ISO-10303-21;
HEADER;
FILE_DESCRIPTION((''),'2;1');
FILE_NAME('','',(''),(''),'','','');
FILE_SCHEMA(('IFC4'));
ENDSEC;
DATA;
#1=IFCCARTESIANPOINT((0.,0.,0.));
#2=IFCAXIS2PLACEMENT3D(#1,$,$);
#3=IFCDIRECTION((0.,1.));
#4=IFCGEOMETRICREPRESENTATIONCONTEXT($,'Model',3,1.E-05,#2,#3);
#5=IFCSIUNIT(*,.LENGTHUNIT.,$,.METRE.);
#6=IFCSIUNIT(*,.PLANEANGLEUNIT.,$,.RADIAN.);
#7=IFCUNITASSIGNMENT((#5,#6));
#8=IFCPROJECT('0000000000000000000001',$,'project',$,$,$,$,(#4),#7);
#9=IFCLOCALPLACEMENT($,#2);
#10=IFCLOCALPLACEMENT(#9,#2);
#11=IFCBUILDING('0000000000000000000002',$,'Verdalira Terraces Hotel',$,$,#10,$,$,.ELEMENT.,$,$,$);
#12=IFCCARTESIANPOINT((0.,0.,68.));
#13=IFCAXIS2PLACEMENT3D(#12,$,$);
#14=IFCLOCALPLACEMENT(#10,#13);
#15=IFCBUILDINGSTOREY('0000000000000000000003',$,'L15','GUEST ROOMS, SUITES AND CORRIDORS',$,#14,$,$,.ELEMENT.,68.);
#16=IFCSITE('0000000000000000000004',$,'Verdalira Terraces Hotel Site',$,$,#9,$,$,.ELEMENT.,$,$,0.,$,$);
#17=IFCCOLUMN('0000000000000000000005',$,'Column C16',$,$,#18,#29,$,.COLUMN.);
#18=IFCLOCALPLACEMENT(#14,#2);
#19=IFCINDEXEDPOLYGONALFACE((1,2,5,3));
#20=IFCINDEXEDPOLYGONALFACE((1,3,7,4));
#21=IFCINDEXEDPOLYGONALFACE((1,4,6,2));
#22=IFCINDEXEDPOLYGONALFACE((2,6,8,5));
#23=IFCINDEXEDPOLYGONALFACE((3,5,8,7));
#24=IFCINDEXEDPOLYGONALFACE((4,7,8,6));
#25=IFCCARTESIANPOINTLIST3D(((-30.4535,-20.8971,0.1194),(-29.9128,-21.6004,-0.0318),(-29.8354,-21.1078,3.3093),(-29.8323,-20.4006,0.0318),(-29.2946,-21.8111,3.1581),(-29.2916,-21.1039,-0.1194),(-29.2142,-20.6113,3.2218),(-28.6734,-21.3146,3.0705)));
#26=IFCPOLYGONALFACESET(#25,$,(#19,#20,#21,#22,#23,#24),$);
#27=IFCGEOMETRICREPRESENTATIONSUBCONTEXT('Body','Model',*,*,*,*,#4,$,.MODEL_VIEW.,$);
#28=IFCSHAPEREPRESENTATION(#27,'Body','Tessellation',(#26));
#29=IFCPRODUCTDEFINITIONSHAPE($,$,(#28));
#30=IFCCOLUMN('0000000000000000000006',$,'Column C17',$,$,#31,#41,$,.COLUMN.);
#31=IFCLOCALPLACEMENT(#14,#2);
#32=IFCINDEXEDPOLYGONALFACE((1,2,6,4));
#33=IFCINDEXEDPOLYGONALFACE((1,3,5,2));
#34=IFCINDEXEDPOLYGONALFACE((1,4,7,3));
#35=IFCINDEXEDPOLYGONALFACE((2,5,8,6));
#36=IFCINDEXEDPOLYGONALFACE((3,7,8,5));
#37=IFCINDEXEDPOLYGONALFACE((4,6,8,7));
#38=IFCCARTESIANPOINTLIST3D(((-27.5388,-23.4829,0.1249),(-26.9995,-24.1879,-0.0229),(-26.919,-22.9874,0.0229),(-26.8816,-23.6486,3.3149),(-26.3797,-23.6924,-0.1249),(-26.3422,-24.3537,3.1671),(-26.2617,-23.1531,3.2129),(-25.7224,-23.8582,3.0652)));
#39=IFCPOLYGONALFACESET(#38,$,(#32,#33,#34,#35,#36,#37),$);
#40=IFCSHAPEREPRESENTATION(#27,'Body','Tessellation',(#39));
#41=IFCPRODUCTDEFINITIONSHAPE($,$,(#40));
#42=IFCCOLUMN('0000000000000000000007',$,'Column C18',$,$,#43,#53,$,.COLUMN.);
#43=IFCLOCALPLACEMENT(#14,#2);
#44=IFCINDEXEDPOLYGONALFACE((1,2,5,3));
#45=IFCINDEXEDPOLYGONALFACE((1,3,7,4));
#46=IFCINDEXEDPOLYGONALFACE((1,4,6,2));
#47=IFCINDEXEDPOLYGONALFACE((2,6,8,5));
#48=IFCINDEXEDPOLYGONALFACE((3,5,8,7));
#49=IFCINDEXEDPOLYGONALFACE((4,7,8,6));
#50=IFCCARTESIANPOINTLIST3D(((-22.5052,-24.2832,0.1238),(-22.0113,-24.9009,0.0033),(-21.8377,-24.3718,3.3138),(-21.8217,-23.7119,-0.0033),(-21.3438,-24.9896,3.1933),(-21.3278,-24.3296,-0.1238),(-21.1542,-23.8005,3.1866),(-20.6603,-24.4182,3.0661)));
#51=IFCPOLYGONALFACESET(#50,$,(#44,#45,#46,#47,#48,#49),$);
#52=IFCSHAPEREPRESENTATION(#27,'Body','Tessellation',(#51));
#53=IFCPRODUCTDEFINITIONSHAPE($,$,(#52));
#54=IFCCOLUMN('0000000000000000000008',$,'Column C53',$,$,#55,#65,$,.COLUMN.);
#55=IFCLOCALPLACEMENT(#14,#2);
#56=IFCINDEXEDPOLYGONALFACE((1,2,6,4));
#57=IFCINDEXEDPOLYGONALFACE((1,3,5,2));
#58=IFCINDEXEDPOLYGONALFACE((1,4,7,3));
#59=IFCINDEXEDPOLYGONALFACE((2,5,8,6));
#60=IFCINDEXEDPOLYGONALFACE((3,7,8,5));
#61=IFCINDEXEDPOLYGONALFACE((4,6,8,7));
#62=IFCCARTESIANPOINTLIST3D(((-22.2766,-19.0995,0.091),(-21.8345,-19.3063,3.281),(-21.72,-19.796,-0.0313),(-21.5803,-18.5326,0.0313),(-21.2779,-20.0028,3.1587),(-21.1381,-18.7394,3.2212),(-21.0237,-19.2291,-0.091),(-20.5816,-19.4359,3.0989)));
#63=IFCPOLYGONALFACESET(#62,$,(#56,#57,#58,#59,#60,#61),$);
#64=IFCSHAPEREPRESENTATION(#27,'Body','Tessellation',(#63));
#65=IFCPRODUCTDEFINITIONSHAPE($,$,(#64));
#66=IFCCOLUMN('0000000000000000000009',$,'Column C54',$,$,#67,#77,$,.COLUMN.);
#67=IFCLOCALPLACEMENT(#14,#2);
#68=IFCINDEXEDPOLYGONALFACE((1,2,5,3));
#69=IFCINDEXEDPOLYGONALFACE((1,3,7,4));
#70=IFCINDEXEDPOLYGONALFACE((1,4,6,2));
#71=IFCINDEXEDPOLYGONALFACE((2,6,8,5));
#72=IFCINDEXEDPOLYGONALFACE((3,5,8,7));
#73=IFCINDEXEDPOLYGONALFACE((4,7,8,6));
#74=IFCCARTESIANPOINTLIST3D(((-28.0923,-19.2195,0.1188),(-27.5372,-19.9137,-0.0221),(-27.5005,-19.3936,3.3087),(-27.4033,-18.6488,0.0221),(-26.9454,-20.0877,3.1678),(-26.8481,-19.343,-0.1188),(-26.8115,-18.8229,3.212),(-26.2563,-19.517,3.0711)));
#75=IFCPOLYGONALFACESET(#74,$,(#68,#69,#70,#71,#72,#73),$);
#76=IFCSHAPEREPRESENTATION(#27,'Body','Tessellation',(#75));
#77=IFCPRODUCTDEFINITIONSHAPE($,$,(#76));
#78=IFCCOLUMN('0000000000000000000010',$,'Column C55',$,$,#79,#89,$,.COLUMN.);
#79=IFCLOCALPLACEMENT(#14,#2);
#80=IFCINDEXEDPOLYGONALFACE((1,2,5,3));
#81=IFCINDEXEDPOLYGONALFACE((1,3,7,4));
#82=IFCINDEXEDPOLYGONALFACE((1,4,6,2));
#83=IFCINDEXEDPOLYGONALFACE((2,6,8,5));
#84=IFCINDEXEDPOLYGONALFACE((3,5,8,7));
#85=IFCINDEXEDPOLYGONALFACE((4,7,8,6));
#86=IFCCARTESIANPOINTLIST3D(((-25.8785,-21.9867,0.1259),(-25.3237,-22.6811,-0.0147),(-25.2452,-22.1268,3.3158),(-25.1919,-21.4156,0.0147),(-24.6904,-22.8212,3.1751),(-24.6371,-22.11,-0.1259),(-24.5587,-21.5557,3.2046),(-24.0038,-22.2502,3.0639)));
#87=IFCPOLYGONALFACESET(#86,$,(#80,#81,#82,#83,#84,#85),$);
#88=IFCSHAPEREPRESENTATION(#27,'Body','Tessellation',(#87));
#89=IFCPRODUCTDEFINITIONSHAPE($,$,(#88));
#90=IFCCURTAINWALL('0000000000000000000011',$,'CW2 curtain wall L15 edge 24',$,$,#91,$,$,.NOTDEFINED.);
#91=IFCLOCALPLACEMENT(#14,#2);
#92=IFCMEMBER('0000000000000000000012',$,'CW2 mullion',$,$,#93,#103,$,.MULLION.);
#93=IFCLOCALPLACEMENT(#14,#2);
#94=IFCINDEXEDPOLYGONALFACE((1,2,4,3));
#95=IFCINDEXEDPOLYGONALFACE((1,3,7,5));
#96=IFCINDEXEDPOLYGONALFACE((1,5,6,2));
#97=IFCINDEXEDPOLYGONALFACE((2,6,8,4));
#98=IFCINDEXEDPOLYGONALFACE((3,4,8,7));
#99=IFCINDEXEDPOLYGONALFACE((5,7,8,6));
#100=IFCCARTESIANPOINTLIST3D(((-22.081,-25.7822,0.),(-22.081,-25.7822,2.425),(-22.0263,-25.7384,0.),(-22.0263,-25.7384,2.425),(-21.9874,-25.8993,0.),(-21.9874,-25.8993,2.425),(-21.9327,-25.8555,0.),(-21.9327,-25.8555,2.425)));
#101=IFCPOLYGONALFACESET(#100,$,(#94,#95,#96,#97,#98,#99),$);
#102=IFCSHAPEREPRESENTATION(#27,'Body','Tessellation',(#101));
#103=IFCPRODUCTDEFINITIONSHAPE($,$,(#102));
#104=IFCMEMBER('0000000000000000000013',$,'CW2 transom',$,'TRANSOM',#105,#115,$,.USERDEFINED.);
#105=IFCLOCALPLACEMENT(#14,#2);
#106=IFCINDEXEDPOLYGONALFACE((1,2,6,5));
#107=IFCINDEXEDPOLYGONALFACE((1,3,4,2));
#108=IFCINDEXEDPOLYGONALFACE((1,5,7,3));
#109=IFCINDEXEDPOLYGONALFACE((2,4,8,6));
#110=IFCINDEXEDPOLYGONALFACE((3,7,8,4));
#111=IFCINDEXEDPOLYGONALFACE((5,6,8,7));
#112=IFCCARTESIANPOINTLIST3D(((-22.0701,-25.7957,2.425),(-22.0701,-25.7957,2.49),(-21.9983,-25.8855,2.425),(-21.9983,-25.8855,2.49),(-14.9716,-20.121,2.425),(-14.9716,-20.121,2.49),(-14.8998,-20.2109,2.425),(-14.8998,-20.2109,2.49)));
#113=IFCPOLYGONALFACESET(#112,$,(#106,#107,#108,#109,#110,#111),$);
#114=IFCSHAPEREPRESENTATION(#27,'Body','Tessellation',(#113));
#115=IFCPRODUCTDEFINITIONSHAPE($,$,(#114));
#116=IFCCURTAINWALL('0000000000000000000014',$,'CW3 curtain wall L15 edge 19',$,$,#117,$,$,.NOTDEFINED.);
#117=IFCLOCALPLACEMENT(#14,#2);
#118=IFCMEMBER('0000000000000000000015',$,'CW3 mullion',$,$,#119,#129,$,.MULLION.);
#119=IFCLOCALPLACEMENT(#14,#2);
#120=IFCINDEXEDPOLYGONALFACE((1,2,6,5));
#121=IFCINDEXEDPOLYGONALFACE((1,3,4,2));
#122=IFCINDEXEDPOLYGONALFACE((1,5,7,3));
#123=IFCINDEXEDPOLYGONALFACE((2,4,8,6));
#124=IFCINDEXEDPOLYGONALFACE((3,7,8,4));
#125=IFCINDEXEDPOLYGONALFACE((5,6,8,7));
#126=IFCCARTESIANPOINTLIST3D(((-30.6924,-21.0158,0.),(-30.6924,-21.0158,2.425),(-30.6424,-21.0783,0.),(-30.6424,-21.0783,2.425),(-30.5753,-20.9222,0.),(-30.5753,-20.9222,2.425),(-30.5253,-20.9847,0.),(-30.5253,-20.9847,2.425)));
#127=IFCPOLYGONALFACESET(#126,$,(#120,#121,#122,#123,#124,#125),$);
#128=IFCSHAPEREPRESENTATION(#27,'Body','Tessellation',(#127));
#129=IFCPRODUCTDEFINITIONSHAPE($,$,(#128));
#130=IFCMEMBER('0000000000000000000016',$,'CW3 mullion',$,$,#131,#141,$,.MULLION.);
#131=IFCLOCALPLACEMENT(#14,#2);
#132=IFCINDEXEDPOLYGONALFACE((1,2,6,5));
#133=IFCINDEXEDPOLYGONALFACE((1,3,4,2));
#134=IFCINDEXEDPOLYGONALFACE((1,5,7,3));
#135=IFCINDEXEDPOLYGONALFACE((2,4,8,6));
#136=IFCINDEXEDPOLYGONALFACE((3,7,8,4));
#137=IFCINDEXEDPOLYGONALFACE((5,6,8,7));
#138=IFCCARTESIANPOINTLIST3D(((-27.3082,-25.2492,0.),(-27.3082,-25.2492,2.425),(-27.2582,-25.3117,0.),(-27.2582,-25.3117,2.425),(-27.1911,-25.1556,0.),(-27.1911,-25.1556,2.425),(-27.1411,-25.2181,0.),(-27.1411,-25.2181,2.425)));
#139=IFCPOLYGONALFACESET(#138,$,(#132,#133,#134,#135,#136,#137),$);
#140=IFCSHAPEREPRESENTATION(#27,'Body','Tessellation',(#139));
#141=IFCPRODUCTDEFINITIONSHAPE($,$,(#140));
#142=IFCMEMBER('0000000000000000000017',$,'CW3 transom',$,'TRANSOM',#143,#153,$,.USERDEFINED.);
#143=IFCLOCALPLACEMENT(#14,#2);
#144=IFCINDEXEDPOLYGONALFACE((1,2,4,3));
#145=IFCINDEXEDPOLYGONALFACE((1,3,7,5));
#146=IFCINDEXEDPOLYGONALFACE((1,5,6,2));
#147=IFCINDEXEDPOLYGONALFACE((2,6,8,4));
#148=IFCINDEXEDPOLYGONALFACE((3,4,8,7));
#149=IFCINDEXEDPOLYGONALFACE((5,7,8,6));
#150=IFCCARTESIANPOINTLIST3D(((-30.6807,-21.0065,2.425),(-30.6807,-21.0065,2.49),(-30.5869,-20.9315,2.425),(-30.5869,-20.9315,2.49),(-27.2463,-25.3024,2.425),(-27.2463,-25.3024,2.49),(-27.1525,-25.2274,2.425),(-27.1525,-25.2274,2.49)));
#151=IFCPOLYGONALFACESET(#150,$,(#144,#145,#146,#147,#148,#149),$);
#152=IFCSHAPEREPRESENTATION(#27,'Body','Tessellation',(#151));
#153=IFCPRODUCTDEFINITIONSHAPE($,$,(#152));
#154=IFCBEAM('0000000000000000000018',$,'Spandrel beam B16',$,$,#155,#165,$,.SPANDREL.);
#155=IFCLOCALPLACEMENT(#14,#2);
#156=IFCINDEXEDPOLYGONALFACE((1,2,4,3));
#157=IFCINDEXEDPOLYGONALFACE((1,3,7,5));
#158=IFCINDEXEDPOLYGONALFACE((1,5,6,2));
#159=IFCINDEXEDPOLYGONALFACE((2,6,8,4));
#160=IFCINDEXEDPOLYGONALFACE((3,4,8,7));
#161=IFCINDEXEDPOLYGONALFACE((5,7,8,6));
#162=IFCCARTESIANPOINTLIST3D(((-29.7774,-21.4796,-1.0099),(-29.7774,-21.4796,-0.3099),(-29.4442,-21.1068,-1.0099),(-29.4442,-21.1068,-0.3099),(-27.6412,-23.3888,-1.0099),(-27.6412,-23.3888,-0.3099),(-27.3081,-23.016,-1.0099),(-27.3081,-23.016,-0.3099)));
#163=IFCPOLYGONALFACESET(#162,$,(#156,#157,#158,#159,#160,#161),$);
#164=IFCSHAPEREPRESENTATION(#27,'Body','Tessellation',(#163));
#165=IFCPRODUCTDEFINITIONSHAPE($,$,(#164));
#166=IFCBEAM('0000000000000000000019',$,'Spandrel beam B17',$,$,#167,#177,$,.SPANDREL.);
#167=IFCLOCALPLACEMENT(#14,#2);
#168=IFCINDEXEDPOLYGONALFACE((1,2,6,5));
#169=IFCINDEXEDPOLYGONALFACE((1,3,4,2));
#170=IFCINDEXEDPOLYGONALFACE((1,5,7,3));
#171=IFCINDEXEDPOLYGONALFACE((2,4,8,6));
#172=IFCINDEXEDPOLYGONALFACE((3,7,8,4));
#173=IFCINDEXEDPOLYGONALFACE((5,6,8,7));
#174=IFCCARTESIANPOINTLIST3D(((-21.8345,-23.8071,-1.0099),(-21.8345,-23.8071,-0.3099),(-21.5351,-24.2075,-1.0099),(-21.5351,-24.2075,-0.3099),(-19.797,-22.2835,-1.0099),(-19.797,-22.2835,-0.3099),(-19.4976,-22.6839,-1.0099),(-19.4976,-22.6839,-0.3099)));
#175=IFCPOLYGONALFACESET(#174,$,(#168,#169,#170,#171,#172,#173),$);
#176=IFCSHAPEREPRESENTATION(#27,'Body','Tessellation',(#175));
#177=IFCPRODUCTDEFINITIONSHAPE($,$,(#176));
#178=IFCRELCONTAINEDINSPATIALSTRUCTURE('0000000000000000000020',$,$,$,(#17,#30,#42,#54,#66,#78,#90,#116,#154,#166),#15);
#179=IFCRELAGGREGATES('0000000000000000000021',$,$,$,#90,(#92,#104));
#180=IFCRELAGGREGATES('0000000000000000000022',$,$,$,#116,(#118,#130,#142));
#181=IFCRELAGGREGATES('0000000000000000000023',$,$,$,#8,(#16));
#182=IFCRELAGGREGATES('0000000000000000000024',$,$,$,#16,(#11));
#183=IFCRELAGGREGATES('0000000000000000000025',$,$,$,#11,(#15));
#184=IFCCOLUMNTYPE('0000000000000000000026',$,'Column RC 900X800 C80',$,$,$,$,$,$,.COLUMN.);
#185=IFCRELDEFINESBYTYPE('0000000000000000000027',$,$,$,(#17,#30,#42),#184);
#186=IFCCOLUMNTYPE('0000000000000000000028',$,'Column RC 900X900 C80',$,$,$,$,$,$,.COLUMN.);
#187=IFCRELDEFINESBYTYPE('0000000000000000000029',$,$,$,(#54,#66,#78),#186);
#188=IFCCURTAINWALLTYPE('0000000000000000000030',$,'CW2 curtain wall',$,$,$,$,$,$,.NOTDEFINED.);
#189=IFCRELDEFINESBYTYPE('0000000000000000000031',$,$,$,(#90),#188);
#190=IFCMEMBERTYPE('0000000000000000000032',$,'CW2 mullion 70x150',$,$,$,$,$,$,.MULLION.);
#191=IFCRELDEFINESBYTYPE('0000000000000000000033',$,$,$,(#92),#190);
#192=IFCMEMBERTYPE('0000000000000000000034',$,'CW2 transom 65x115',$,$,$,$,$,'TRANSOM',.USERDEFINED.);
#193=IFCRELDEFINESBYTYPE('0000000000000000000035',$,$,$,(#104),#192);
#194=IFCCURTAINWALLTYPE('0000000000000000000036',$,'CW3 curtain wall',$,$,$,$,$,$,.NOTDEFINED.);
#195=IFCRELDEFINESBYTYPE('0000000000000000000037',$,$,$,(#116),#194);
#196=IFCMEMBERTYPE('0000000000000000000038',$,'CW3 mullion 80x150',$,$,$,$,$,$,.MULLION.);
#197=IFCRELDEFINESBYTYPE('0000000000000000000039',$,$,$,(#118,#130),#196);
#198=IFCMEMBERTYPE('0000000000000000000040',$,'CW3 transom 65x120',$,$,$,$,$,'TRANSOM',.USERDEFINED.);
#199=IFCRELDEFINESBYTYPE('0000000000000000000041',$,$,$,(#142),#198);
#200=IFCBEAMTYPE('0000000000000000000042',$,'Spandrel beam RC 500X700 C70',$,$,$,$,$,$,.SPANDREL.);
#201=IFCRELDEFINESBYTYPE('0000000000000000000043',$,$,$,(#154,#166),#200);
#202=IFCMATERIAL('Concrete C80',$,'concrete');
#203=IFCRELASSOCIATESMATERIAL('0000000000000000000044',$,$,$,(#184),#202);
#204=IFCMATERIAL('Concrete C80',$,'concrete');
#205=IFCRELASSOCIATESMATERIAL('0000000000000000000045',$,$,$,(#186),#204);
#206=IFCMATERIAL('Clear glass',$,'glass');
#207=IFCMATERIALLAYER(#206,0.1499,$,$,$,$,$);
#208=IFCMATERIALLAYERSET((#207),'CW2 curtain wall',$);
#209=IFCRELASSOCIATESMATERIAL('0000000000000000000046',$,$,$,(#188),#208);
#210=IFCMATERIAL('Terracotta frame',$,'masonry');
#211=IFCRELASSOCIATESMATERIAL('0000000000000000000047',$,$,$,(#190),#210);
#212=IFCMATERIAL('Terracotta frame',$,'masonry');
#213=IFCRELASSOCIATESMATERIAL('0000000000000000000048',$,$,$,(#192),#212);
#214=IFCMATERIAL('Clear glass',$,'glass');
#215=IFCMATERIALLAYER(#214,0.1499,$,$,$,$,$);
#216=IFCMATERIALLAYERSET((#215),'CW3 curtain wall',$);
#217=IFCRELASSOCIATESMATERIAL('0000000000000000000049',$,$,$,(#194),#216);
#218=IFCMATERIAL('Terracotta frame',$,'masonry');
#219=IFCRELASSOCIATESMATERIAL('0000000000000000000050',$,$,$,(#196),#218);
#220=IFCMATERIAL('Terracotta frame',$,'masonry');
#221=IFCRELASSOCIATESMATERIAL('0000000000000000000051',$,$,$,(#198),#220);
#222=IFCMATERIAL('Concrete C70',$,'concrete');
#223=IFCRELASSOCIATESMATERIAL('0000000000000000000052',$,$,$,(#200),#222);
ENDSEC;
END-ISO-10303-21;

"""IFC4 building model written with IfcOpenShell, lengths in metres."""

from ifc_helpers import new_model, si_unit, direction, frame, origin, origin_2d, place, context, subcontext, project, spatial, rectangle, extrude, material, layer, layer_set, material_profile, profile_set, type_object, element, aggregate, save


model = new_model("IFC4")

# Units and contexts
model_context = context("Model", 3, precision=1e-05, world=origin(), true_north=direction((0.0, 1.0)))
body_context = subcontext(model_context, "Body", "Model", "MODEL_VIEW")
ifc_project = project(units=[si_unit("LENGTHUNIT", "METRE"), si_unit("PLANEANGLEUNIT", "RADIAN")], contexts=[model_context])

# Site, building, storey
site_placement = place(None, origin())
site = spatial("IfcSite", under=ifc_project, at=site_placement, Name="Verdalira Terraces Hotel Site", CompositionType="ELEMENT", RefElevation=0.0)
building_placement = place(site_placement, origin())
building = spatial("IfcBuilding", under=site, at=building_placement, Name="Verdalira Terraces Hotel", CompositionType="ELEMENT")
storey_placement = place(building_placement, frame((0.0, 0.0, 68.0)))
storey = spatial("IfcBuildingStorey", under=building, at=storey_placement, Name="L15", Description="GUEST ROOMS, SUITES AND CORRIDORS", CompositionType="ELEMENT", Elevation=68.0)

# Columns
ifc_material_1 = material(Name="Concrete C80", Category="concrete")
ifc_material_profile_1 = material_profile(ifc_material_1, rectangle(XDim=0.8999, YDim=0.8, at=origin_2d()), Name="RC 900X800")
ifc_profile_set_1 = profile_set([ifc_material_profile_1], Name="Concrete C80")
column_type_1 = type_object("IfcColumnType", Name="Column RC 900X800 C80", PredefinedType="COLUMN", material=ifc_profile_set_1)
column_1_placement = place(storey_placement, frame((-29.8726, -21.0005, 0.0), z_axis=(0.189847, -0.064707, 0.979679), x_axis=(0.600886, -0.781468, -0.168058)))
element("IfcColumn", 1, at=column_1_placement, inside=storey, type_object=column_type_1, Name="Column C16", PredefinedType="COLUMN", context=body_context, shape_type="SweptSolid", body=[
    extrude(rectangle(XDim=0.8999, YDim=0.8, at=origin_2d()), origin(), (0.0, 0.0, 1.0), 3.2561),
])
column_2_placement = place(storey_placement, frame((-26.9592, -23.5876, 0.0), z_axis=(0.201532, -0.050832, 0.978162), x_axis=(0.599329, -0.783483, -0.164195)))
element("IfcColumn", 2, at=column_2_placement, inside=storey, type_object=column_type_1, Name="Column C17", PredefinedType="COLUMN", context=body_context, shape_type="SweptSolid", body=[
    extrude(rectangle(XDim=0.8999, YDim=0.8, at=origin_2d()), origin(), (0.0, 0.0, 1.0), 3.2612),
])
column_3_placement = place(storey_placement, frame((-21.9165, -24.3064, 0.0), z_axis=(0.204734, -0.027183, 0.97844), x_axis=(0.759579, 0.634881, -0.1413)))
element("IfcColumn", 3, at=column_3_placement, inside=storey, type_object=column_type_1, Name="Column C18", PredefinedType="COLUMN", context=body_context, shape_type="SweptSolid", body=[
    extrude(rectangle(XDim=0.8999, YDim=0.8, at=origin_2d()), origin(), (0.0, 0.0, 1.0), 3.2603),
])
ifc_material_2 = material(Name="Concrete C80", Category="concrete")
ifc_material_profile_2 = material_profile(ifc_material_2, rectangle(XDim=0.8999, YDim=0.8999, at=origin_2d()), Name="RC 900X900")
ifc_profile_set_2 = profile_set([ifc_material_profile_2], Name="Concrete C80")
column_type_2 = type_object("IfcColumnType", Name="Column RC 900X900 C80", PredefinedType="COLUMN", material=ifc_profile_set_2)
column_4_placement = place(storey_placement, frame((-21.6501, -19.1643, 0.0), z_axis=(0.137009, -0.064079, 0.988495), x_axis=(-0.77377, -0.629976, 0.06641)))
element("IfcColumn", 4, at=column_4_placement, inside=storey, type_object=column_type_2, Name="Column C53", PredefinedType="COLUMN", context=body_context, shape_type="SweptSolid", body=[
    extrude(rectangle(XDim=0.8999, YDim=0.8999, at=origin_2d()), origin(), (0.0, 0.0, 1.0), 3.2271),
])
column_5_placement = place(storey_placement, frame((-27.4702, -19.2812, 0.0), z_axis=(0.182145, -0.053577, 0.981811), x_axis=(-0.765695, -0.634167, 0.107446)))
element("IfcColumn", 5, at=column_5_placement, inside=storey, type_object=column_type_2, Name="Column C54", PredefinedType="COLUMN", context=body_context, shape_type="SweptSolid", body=[
    extrude(rectangle(XDim=0.8999, YDim=0.8999, at=origin_2d()), origin(), (0.0, 0.0, 1.0), 3.249),
])
column_6_placement = place(storey_placement, frame((-25.2578, -22.0483, 0.0), z_axis=(0.19455, -0.04305, 0.979948), x_axis=(-0.762916, -0.634575, 0.123585)))
element("IfcColumn", 6, at=column_6_placement, inside=storey, type_object=column_type_2, Name="Column C55", PredefinedType="COLUMN", context=body_context, shape_type="SweptSolid", body=[
    extrude(rectangle(XDim=0.8999, YDim=0.8999, at=origin_2d()), origin(), (0.0, 0.0, 1.0), 3.2551),
])

# Curtain walls, members
ifc_material_3 = material(Name="Clear glass", Category="glass")
ifc_layer_1 = layer(ifc_material_3, 0.1499)
ifc_layer_set_1 = layer_set([ifc_layer_1], Name="CW2 curtain wall")
curtain_wall_type_1 = type_object("IfcCurtainWallType", Name="CW2 curtain wall", PredefinedType="NOTDEFINED", material=ifc_layer_set_1)
curtain_wall_1_placement = place(storey_placement, origin())
curtain_wall_1 = element("IfcCurtainWall", 7, at=curtain_wall_1_placement, inside=storey, type_object=curtain_wall_type_1, Name="CW2 curtain wall L15 edge 24", PredefinedType="NOTDEFINED")
ifc_material_4 = material(Name="Terracotta frame", Category="masonry")
ifc_material_profile_3 = material_profile(ifc_material_4, rectangle(XDim=0.0701, YDim=0.1499, at=origin_2d()), Name="MU 70x150")
ifc_profile_set_3 = profile_set([ifc_material_profile_3], Name="Terracotta frame")
member_type_1 = type_object("IfcMemberType", Name="CW2 mullion 70x150", PredefinedType="MULLION", material=ifc_profile_set_3)
member_1_placement = place(storey_placement, frame((-22.0068, -25.8188, 0.0), z_axis=(0.0, 0.0, 1.0), x_axis=(0.781085, 0.624425, 0.0)))
member_1 = element("IfcMember", 8, at=member_1_placement, type_object=member_type_1, Name="CW2 mullion", PredefinedType="MULLION", context=body_context, shape_type="SweptSolid", body=[
    extrude(rectangle(XDim=0.0701, YDim=0.1499, at=origin_2d()), origin(), (0.0, 0.0, 1.0), 2.425),
])
ifc_material_5 = material(Name="Terracotta frame", Category="masonry")
ifc_material_profile_4 = material_profile(ifc_material_5, rectangle(XDim=0.115, YDim=0.0649, at=origin_2d()), Name="TR 65x115")
ifc_profile_set_4 = profile_set([ifc_material_profile_4], Name="Terracotta frame")
member_type_2 = type_object("IfcMemberType", Name="CW2 transom 65x115", ElementType="TRANSOM", PredefinedType="USERDEFINED", material=ifc_profile_set_4)
member_2_placement = place(storey_placement, frame((-22.0342, -25.8406, 2.4575), z_axis=(0.781092, 0.624417, 0.0), x_axis=(-0.624417, 0.781092, 0.0)))
member_2 = element("IfcMember", 9, at=member_2_placement, type_object=member_type_2, Name="CW2 transom", ObjectType="TRANSOM", PredefinedType="USERDEFINED", context=body_context, shape_type="SweptSolid", body=[
    extrude(rectangle(XDim=0.115, YDim=0.0649, at=origin_2d()), origin(), (0.0, 0.0, 1.0), 9.0879),
])
ifc_material_6 = material(Name="Clear glass", Category="glass")
ifc_layer_2 = layer(ifc_material_6, 0.1499)
ifc_layer_set_2 = layer_set([ifc_layer_2], Name="CW3 curtain wall")
curtain_wall_type_2 = type_object("IfcCurtainWallType", Name="CW3 curtain wall", PredefinedType="NOTDEFINED", material=ifc_layer_set_2)
curtain_wall_2_placement = place(storey_placement, origin())
curtain_wall_2 = element("IfcCurtainWall", 10, at=curtain_wall_2_placement, inside=storey, type_object=curtain_wall_type_2, Name="CW3 curtain wall L15 edge 19", PredefinedType="NOTDEFINED")
ifc_material_7 = material(Name="Terracotta frame", Category="masonry")
ifc_material_profile_5 = material_profile(ifc_material_7, rectangle(XDim=0.0801, YDim=0.1499, at=origin_2d()), Name="MU 80x150")
ifc_profile_set_5 = profile_set([ifc_material_profile_5], Name="Terracotta frame")
member_type_3 = type_object("IfcMemberType", Name="CW3 mullion 80x150", PredefinedType="MULLION", material=ifc_profile_set_5)
member_3_placement = place(storey_placement, frame((-30.6089, -21.0002, 0.0), z_axis=(0.0, 0.0, 1.0), x_axis=(0.624425, -0.781085, 0.0)))
member_3 = element("IfcMember", 11, at=member_3_placement, type_object=member_type_3, Name="CW3 mullion", PredefinedType="MULLION", context=body_context, shape_type="SweptSolid", body=[
    extrude(rectangle(XDim=0.0801, YDim=0.1499, at=origin_2d()), origin(), (0.0, 0.0, 1.0), 2.425),
])
member_4_placement = place(storey_placement, frame((-27.2246, -25.2336, 0.0), z_axis=(0.0, 0.0, 1.0), x_axis=(0.624425, -0.781085, 0.0)))
member_4 = element("IfcMember", 12, at=member_4_placement, type_object=member_type_3, Name="CW3 mullion", PredefinedType="MULLION", context=body_context, shape_type="SweptSolid", body=[
    extrude(rectangle(XDim=0.0801, YDim=0.1499, at=origin_2d()), origin(), (0.0, 0.0, 1.0), 2.425),
])
ifc_material_8 = material(Name="Terracotta frame", Category="masonry")
ifc_material_profile_6 = material_profile(ifc_material_8, rectangle(XDim=0.1201, YDim=0.0649, at=origin_2d()), Name="TR 65x120")
ifc_profile_set_6 = profile_set([ifc_material_profile_6], Name="Terracotta frame")
member_type_4 = type_object("IfcMemberType", Name="CW3 transom 65x120", ElementType="TRANSOM", PredefinedType="USERDEFINED", material=ifc_profile_set_6)
member_5_placement = place(storey_placement, frame((-30.6338, -20.969, 2.4575), z_axis=(0.62443, -0.781081, 0.0), x_axis=(0.781081, 0.62443, 0.0)))
member_5 = element("IfcMember", 13, at=member_5_placement, type_object=member_type_4, Name="CW3 transom", ObjectType="TRANSOM", PredefinedType="USERDEFINED", context=body_context, shape_type="SweptSolid", body=[
    extrude(rectangle(XDim=0.1201, YDim=0.0649, at=origin_2d()), origin(), (0.0, 0.0, 1.0), 5.5),
])

# Beams
ifc_material_9 = material(Name="Concrete C70", Category="concrete")
ifc_material_profile_7 = material_profile(ifc_material_9, rectangle(XDim=0.5, YDim=0.7, at=origin_2d()), Name="RC 500X700")
ifc_profile_set_7 = profile_set([ifc_material_profile_7], Name="Concrete C70")
beam_type = type_object("IfcBeamType", Name="Spandrel beam RC 500X700 C70", PredefinedType="SPANDREL", material=ifc_profile_set_7)
beam_1_placement = place(storey_placement, frame((-29.6108, -21.2932, -0.6599), z_axis=(0.74562, -0.666371, 0.0), x_axis=(0.666371, 0.74562, 0.0)))
element("IfcBeam", 14, at=beam_1_placement, inside=storey, type_object=beam_type, Name="Spandrel beam B16", PredefinedType="SPANDREL", context=body_context, shape_type="SweptSolid", body=[
    extrude(rectangle(XDim=0.5, YDim=0.7, at=origin_2d()), origin(), (0.0, 0.0, 1.0), 2.865),
])
beam_2_placement = place(storey_placement, frame((-21.6848, -24.0073, -0.6599), z_axis=(0.800851, 0.598863, 0.0), x_axis=(-0.598863, 0.800851, 0.0)))
element("IfcBeam", 15, at=beam_2_placement, inside=storey, type_object=beam_type, Name="Spandrel beam B17", PredefinedType="SPANDREL", context=body_context, shape_type="SweptSolid", body=[
    extrude(rectangle(XDim=0.5, YDim=0.7, at=origin_2d()), origin(), (0.0, 0.0, 1.0), 2.5442),
])

aggregate(curtain_wall_1, [member_1, member_2])
aggregate(curtain_wall_2, [member_3, member_4, member_5])

save(model, "model.ifc")
